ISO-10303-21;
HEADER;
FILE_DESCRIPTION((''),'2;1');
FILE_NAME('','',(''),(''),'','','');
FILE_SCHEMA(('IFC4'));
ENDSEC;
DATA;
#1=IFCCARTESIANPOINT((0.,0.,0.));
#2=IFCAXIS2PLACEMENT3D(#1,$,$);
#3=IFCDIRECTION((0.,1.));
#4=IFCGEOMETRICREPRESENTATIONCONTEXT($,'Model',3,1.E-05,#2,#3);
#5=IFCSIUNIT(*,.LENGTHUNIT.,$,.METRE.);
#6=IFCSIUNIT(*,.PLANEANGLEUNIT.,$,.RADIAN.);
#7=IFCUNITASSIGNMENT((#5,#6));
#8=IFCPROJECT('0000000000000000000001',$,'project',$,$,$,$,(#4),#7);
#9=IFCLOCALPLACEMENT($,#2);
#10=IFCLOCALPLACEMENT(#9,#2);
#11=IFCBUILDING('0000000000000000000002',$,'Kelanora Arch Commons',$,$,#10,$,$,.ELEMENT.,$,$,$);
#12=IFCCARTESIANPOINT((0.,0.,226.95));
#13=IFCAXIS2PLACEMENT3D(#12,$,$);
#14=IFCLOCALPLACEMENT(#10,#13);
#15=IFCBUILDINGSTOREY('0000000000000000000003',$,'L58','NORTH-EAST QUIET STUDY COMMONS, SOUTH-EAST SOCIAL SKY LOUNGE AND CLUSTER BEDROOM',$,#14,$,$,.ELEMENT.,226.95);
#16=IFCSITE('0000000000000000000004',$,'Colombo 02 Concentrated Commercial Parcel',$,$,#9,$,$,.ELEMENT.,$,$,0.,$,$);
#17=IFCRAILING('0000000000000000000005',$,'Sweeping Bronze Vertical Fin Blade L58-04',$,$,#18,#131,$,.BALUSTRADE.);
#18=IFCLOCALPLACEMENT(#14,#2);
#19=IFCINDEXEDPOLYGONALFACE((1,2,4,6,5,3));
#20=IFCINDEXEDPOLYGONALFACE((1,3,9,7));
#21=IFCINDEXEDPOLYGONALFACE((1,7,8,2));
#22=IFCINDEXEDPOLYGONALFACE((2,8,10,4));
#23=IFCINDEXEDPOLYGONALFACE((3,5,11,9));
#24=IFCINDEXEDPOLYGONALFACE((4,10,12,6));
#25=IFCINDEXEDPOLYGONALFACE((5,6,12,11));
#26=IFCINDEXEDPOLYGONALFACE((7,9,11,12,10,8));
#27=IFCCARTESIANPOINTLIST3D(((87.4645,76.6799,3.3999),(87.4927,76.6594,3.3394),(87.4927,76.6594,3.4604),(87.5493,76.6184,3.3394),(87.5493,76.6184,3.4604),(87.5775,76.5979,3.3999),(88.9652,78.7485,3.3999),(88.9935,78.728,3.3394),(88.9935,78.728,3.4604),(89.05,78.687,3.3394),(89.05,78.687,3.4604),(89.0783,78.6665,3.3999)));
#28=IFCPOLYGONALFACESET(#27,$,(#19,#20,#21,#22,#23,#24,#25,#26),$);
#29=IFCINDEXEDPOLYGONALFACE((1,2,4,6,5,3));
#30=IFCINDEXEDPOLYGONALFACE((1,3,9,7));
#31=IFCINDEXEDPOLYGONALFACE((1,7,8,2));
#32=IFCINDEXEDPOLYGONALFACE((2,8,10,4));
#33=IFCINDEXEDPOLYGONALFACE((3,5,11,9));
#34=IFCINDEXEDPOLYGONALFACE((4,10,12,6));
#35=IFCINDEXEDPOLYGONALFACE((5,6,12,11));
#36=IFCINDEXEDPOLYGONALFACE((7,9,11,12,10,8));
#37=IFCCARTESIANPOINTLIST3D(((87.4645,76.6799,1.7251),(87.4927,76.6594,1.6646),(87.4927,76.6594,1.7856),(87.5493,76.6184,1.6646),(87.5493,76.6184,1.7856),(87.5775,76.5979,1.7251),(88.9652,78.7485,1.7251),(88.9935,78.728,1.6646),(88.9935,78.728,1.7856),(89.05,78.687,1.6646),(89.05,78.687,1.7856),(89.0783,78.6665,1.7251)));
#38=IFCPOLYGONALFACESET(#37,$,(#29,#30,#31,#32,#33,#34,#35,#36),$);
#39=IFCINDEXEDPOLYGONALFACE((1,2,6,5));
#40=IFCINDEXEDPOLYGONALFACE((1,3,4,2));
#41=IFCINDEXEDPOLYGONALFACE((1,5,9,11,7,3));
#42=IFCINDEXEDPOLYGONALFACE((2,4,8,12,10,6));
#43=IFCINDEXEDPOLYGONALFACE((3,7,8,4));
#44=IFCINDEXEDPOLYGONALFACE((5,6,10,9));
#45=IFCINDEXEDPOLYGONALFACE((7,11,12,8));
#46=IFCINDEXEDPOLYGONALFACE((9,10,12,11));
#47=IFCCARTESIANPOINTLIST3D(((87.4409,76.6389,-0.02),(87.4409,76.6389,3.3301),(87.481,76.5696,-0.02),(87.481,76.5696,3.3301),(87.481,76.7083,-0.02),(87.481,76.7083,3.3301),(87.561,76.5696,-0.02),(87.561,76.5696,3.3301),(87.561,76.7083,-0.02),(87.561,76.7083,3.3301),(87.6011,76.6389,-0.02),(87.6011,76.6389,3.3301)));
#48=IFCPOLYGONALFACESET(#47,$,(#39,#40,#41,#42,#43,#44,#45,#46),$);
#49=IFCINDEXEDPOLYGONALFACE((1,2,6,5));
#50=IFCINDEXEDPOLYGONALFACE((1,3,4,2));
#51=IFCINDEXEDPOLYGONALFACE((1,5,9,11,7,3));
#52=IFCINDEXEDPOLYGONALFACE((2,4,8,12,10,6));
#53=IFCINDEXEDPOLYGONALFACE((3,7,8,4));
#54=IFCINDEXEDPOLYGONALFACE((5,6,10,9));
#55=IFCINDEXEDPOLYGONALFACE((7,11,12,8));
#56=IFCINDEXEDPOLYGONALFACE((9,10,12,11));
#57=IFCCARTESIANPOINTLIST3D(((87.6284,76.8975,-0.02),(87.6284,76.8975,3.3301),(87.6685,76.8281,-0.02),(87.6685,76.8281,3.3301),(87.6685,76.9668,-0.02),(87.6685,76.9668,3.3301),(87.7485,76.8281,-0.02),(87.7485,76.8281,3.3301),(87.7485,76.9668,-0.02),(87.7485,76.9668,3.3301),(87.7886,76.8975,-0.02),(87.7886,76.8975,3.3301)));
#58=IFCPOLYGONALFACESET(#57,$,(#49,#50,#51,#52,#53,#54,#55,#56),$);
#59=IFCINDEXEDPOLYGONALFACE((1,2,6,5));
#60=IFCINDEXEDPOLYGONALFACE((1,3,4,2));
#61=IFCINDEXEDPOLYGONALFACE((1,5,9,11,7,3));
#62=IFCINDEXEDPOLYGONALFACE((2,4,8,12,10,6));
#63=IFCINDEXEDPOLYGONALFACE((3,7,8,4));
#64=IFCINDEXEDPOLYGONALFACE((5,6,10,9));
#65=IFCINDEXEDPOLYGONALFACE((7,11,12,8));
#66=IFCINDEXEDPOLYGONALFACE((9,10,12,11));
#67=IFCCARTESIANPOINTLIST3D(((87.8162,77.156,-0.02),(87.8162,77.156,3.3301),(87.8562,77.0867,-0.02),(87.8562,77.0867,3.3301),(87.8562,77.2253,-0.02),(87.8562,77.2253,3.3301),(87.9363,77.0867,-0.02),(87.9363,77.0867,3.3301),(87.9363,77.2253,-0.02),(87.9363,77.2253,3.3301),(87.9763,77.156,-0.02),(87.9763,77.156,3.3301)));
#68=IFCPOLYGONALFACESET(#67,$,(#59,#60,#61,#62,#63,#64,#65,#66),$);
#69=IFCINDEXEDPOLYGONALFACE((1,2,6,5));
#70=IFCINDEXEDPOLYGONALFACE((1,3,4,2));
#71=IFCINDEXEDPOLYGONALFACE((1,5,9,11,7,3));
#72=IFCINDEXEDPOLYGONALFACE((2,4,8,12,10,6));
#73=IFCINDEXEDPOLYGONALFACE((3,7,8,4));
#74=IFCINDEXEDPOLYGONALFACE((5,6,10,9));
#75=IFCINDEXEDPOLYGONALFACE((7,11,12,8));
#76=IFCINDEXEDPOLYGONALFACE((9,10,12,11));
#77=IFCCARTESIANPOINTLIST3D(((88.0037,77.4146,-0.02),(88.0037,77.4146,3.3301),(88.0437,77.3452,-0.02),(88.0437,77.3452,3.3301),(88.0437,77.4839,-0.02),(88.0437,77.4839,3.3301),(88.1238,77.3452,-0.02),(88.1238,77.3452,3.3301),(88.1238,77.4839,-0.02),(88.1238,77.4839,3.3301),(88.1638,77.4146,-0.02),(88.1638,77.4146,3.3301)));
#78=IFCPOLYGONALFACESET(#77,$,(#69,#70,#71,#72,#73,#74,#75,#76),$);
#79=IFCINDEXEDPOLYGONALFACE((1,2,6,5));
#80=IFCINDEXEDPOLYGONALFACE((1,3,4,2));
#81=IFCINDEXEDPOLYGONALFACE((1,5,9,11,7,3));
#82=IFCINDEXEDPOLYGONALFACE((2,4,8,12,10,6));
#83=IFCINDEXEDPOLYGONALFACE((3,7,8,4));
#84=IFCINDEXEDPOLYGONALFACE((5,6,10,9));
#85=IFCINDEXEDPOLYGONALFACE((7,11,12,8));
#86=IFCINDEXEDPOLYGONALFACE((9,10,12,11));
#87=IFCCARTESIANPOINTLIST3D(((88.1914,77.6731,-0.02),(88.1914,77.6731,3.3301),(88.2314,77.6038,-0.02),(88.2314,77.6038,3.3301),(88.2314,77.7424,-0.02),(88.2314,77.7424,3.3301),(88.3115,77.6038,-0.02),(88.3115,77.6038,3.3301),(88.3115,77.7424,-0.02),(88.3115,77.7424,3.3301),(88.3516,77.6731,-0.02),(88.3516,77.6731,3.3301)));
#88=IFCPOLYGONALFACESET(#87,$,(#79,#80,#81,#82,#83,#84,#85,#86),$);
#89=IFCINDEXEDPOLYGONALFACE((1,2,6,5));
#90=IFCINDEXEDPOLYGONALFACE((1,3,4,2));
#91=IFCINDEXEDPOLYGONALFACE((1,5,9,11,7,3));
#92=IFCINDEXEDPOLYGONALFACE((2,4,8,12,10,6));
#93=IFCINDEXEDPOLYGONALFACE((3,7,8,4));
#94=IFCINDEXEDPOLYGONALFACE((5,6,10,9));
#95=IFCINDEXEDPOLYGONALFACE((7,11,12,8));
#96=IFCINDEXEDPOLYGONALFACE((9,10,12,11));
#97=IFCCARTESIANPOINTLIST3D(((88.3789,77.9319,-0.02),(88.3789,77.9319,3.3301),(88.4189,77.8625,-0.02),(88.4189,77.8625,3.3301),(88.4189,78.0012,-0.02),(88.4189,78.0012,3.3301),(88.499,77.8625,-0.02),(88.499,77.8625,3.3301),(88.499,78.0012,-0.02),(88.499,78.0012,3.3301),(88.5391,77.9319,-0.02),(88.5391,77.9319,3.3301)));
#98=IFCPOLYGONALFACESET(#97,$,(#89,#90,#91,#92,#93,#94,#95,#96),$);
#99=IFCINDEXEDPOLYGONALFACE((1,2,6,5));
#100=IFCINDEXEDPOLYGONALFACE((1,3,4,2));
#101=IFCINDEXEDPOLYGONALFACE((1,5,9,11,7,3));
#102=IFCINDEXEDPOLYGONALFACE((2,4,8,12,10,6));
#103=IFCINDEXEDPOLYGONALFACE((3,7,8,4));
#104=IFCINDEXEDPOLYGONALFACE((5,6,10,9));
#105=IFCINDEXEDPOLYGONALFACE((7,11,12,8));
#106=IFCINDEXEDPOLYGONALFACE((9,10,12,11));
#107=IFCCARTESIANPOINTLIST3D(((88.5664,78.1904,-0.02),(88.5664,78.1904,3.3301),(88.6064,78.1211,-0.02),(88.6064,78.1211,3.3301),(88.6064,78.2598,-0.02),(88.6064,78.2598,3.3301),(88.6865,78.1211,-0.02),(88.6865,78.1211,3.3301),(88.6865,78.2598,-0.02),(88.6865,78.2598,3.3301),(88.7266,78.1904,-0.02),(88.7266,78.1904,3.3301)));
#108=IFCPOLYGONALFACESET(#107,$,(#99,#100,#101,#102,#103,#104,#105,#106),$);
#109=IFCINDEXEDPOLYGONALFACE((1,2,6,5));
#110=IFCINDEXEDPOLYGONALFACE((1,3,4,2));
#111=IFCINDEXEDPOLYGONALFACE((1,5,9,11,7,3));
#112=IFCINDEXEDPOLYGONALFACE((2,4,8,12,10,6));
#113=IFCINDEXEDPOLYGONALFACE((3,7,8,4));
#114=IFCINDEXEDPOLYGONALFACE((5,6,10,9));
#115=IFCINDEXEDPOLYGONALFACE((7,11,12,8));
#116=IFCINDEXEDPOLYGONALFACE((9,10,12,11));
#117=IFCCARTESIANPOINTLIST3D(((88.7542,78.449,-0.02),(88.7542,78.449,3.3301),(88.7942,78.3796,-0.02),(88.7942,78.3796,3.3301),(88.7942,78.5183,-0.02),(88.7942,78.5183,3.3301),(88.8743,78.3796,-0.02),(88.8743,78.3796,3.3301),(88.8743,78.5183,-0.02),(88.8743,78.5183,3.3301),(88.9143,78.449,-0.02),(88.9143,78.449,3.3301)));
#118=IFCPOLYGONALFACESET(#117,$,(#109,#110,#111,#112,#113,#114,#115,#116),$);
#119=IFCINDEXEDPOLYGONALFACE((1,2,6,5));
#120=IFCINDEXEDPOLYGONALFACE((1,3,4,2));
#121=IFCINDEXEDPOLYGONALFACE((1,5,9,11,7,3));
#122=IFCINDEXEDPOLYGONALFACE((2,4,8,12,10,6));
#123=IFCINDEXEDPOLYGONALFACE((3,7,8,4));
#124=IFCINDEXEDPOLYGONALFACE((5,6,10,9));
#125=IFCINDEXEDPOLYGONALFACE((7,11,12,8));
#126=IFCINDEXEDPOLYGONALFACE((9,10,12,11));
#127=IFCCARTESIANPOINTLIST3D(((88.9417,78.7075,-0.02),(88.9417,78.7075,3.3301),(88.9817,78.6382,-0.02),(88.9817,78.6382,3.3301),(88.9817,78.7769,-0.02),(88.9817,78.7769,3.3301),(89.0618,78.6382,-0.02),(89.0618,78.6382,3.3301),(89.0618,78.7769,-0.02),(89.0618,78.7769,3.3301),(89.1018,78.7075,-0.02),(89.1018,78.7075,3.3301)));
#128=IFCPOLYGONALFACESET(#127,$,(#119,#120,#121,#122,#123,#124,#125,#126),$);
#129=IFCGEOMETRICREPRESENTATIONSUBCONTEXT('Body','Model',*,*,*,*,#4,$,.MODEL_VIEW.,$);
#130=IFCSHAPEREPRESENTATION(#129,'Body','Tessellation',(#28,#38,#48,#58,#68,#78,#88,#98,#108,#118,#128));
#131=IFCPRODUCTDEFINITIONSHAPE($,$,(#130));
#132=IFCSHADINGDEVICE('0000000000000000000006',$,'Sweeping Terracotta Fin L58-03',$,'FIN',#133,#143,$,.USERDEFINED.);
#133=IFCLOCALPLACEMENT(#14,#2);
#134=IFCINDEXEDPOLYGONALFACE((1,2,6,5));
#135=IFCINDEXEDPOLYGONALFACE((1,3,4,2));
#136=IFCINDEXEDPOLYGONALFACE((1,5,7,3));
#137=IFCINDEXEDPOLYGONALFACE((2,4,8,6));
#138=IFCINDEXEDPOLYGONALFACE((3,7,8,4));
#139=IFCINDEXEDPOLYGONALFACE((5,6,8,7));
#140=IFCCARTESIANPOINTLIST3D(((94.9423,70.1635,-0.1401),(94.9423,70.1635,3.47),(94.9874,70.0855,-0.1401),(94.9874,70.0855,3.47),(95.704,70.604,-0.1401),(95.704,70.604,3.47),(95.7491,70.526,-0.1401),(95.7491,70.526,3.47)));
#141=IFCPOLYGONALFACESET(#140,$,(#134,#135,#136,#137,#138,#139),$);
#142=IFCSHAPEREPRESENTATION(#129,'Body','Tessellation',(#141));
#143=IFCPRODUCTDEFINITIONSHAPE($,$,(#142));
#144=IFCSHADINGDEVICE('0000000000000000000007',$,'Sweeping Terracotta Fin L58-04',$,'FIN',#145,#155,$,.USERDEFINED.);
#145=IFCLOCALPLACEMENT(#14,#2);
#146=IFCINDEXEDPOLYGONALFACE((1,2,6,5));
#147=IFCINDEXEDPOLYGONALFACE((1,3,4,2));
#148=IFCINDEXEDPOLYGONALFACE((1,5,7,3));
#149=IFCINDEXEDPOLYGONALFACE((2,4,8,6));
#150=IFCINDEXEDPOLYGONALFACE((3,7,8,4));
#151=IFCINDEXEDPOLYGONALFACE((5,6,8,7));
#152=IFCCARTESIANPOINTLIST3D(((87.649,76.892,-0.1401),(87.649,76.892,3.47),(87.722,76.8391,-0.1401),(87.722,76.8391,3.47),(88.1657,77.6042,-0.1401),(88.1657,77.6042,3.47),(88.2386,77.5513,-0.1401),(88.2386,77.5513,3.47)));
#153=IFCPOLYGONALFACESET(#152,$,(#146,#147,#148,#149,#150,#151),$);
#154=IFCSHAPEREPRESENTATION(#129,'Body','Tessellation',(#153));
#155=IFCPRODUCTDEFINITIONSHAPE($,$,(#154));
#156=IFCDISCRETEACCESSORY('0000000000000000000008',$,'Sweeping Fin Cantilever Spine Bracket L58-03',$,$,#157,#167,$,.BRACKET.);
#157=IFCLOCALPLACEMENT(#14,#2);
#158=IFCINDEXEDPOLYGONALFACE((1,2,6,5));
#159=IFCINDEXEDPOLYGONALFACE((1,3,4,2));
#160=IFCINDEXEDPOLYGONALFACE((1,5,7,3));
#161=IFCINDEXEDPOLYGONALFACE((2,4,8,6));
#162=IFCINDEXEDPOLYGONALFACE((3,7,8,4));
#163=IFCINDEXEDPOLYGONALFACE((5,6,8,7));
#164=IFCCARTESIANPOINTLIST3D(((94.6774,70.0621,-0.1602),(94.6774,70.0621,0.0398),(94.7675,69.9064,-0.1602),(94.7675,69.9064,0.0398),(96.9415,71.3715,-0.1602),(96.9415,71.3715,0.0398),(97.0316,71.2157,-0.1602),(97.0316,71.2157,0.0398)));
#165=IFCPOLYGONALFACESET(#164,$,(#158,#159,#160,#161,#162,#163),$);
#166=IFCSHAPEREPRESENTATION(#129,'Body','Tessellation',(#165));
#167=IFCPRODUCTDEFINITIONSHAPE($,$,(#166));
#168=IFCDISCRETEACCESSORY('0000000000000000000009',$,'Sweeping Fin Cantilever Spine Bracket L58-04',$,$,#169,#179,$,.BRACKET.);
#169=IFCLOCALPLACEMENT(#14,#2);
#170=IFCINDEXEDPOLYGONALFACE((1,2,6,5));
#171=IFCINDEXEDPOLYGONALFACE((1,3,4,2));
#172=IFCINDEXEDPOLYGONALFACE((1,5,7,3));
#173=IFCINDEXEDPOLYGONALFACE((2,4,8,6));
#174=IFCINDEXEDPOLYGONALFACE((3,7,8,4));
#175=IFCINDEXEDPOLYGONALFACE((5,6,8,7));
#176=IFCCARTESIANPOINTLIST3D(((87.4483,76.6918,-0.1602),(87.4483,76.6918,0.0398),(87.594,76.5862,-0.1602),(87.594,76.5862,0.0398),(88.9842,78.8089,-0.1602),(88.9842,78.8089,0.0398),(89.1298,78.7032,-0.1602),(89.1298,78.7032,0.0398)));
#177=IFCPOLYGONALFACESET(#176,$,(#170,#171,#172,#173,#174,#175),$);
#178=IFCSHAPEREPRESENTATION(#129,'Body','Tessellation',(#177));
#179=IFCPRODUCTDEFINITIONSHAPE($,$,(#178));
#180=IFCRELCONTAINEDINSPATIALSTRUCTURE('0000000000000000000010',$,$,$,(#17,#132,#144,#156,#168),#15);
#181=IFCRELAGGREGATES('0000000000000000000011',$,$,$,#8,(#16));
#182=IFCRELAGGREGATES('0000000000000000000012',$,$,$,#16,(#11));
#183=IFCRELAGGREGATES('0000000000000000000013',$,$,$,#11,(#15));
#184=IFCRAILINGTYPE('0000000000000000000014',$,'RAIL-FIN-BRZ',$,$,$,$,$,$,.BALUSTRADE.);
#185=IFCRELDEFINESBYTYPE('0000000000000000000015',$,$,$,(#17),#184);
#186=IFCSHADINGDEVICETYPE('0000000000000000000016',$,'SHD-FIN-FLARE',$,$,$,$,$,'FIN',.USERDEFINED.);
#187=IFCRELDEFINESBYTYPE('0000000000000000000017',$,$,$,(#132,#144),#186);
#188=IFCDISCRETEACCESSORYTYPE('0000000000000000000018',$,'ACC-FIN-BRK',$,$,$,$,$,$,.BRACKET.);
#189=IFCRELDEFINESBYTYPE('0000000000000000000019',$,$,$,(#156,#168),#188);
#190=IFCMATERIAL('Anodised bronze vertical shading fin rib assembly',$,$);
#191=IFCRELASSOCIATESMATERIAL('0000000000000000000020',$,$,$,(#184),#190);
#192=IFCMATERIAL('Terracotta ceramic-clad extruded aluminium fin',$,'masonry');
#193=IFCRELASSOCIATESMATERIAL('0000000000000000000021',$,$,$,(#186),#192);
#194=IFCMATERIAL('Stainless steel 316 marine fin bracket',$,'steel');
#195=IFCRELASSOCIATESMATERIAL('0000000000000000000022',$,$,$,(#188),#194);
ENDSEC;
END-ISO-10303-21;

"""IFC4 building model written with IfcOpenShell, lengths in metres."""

from ifc_helpers import new_model, si_unit, direction, frame, origin, origin_2d, place, context, subcontext, project, spatial, polyline, rectangle, outline, extrude, source, transform, mapped, material, type_object, element, save


model = new_model("IFC4")

# Units and contexts
model_context = context("Model", 3, precision=1e-05, world=origin(), true_north=direction((0.0, 1.0)))
body_context = subcontext(model_context, "Body", "Model", "MODEL_VIEW")
ifc_project = project(units=[si_unit("LENGTHUNIT", "METRE"), si_unit("PLANEANGLEUNIT", "RADIAN")], contexts=[model_context])

# Site, building, storey
site_placement = place(None, origin())
site = spatial("IfcSite", under=ifc_project, at=site_placement, Name="Colombo 02 Concentrated Commercial Parcel", CompositionType="ELEMENT", RefElevation=0.0)
building_placement = place(site_placement, origin())
building = spatial("IfcBuilding", under=site, at=building_placement, Name="Kelanora Arch Commons", CompositionType="ELEMENT")
storey_placement = place(building_placement, frame((0.0, 0.0, 226.95)))
storey = spatial("IfcBuildingStorey", under=building, at=storey_placement, Name="L58", Description="NORTH-EAST QUIET STUDY COMMONS, SOUTH-EAST SOCIAL SKY LOUNGE AND CLUSTER BEDROOM", CompositionType="ELEMENT", Elevation=226.95)

# Railing
ifc_material_1 = material(Name="Anodised bronze vertical shading fin rib assembly")
railing_type = type_object("IfcRailingType", Name="RAIL-FIN-BRZ", PredefinedType="BALUSTRADE", material=ifc_material_1)
railing_1_placement = place(storey_placement, frame((87.521, 76.6389, -0.02)))
element("IfcRailing", 1, at=railing_1_placement, inside=storey, type_object=railing_type, Name="Sweeping Bronze Vertical Fin Blade L58-04", PredefinedType="BALUSTRADE", context=body_context, shape_type="SweptSolid", body=[
    extrude(outline(polyline([(0.0698, 0.0), (0.0349, 0.0605), (-0.0349, 0.0605), (-0.0698, 0.0), (-0.0349, -0.0605), (0.0349, -0.0605), (0.0698, 0.0)])), frame((0.0, 0.0, 3.4199), z_axis=(0.587223, 0.809425, 0.0), x_axis=(-0.809425, 0.587223, 0.0)), (0.0, 0.0, 1.0), 2.5557),
    extrude(outline(polyline([(0.0698, 0.0), (0.0349, 0.0605), (-0.0349, 0.0605), (-0.0698, 0.0), (-0.0349, -0.0605), (0.0349, -0.0605), (0.0698, 0.0)])), frame((0.0, 0.0, 1.7451), z_axis=(0.587223, 0.809425, 0.0), x_axis=(-0.809425, 0.587223, 0.0)), (0.0, 0.0, 1.0), 2.5557),
    extrude(outline(polyline([(0.0801, 0.0), (0.04, 0.0693), (-0.04, 0.0693), (-0.0801, 0.0), (-0.04, -0.0693), (0.04, -0.0693), (0.0801, 0.0)])), origin(), (0.0, 0.0, 1.0), 3.3501),
    extrude(outline(polyline([(0.0801, 0.0), (0.04, 0.0693), (-0.04, 0.0693), (-0.0801, 0.0), (-0.04, -0.0693), (0.04, -0.0693), (0.0801, 0.0)])), frame((0.1875, 0.2585, 0.0)), (0.0, 0.0, 1.0), 3.3501),
    extrude(outline(polyline([(0.0801, 0.0), (0.04, 0.0693), (-0.04, 0.0693), (-0.0801, 0.0), (-0.04, -0.0693), (0.04, -0.0693), (0.0801, 0.0)])), frame((0.3752, 0.5171, 0.0)), (0.0, 0.0, 1.0), 3.3501),
    extrude(outline(polyline([(0.0801, 0.0), (0.04, 0.0693), (-0.04, 0.0693), (-0.0801, 0.0), (-0.04, -0.0693), (0.04, -0.0693), (0.0801, 0.0)])), frame((0.5627, 0.7756, 0.0)), (0.0, 0.0, 1.0), 3.3501),
    extrude(outline(polyline([(0.0801, 0.0), (0.04, 0.0693), (-0.04, 0.0693), (-0.0801, 0.0), (-0.04, -0.0693), (0.04, -0.0693), (0.0801, 0.0)])), frame((0.7505, 1.0342, 0.0)), (0.0, 0.0, 1.0), 3.3501),
    extrude(outline(polyline([(0.0801, 0.0), (0.04, 0.0693), (-0.04, 0.0693), (-0.0801, 0.0), (-0.04, -0.0693), (0.04, -0.0693), (0.0801, 0.0)])), frame((0.938, 1.293, 0.0)), (0.0, 0.0, 1.0), 3.3501),
    extrude(outline(polyline([(0.0801, 0.0), (0.04, 0.0693), (-0.04, 0.0693), (-0.0801, 0.0), (-0.04, -0.0693), (0.04, -0.0693), (0.0801, 0.0)])), frame((1.1255, 1.5515, 0.0)), (0.0, 0.0, 1.0), 3.3501),
    extrude(outline(polyline([(0.0801, 0.0), (0.04, 0.0693), (-0.04, 0.0693), (-0.0801, 0.0), (-0.04, -0.0693), (0.04, -0.0693), (0.0801, 0.0)])), frame((1.3132, 1.8101, 0.0)), (0.0, 0.0, 1.0), 3.3501),
    extrude(outline(polyline([(0.0801, 0.0), (0.04, 0.0693), (-0.04, 0.0693), (-0.0801, 0.0), (-0.04, -0.0693), (0.04, -0.0693), (0.0801, 0.0)])), frame((1.5007, 2.0686, 0.0)), (0.0, 0.0, 1.0), 3.3501),
])

# Shading devices
ifc_material_2 = material(Name="Terracotta ceramic-clad extruded aluminium fin", Category="masonry")
shading_device_type = type_object("IfcShadingDeviceType", Name="SHD-FIN-FLARE", ElementType="FIN", PredefinedType="USERDEFINED", material=ifc_material_2)
shared_shape_1 = source(origin(), body_context, "Body", "SweptSolid", [
    extrude(rectangle(XDim=0.8799, YDim=0.0901, at=origin_2d()), origin(), (0.0, 0.0, 1.0), 3.6101),
])
for number, where, z_axis, x_axis, name in (
    (2, (95.3457, 70.3447, -0.1401), (0.0, 0.0, 1.0), (0.865676, 0.500604, 0.0), "Sweeping Terracotta Fin L58-03"),
    (3, (87.9438, 77.2217, -0.1401), (0.0, 0.0, 1.0), (0.58722, 0.809427, 0.0), "Sweeping Terracotta Fin L58-04"),
):
    element("IfcShadingDevice", number, at=place(storey_placement, frame(where, z_axis=z_axis, x_axis=x_axis)), inside=storey, type_object=shading_device_type, Name=name, ObjectType="FIN", PredefinedType="USERDEFINED", context=body_context, shape_type="MappedRepresentation", body=[
        mapped(shared_shape_1, transform((0.0, 0.0, 0.0), scale=1.0)),
    ])

# Discrete accessories
ifc_material_3 = material(Name="Stainless steel 316 marine fin bracket", Category="steel")
discrete_accessory_type = type_object("IfcDiscreteAccessoryType", Name="ACC-FIN-BRK", PredefinedType="BRACKET", material=ifc_material_3)
shared_shape_2 = source(origin(), body_context, "Body", "SweptSolid", [
    extrude(rectangle(XDim=2.6155, YDim=0.1799, at=origin_2d()), origin(), (0.0, 0.0, 1.0), 0.2),
])
for number, where, z_axis, x_axis, name in (
    (4, (95.8545, 70.6389, -0.1602), (0.0, 0.0, 1.0), (0.865676, 0.500604, 0.0), "Sweeping Fin Cantilever Spine Bracket L58-03"),
    (5, (88.2891, 77.6975, -0.1602), (0.0, 0.0, 1.0), (0.58722, 0.809427, 0.0), "Sweeping Fin Cantilever Spine Bracket L58-04"),
):
    element("IfcDiscreteAccessory", number, at=place(storey_placement, frame(where, z_axis=z_axis, x_axis=x_axis)), inside=storey, type_object=discrete_accessory_type, Name=name, PredefinedType="BRACKET", context=body_context, shape_type="MappedRepresentation", body=[
        mapped(shared_shape_2, transform((0.0, 0.0, 0.0), scale=1.0)),
    ])

save(model, "model.ifc")
